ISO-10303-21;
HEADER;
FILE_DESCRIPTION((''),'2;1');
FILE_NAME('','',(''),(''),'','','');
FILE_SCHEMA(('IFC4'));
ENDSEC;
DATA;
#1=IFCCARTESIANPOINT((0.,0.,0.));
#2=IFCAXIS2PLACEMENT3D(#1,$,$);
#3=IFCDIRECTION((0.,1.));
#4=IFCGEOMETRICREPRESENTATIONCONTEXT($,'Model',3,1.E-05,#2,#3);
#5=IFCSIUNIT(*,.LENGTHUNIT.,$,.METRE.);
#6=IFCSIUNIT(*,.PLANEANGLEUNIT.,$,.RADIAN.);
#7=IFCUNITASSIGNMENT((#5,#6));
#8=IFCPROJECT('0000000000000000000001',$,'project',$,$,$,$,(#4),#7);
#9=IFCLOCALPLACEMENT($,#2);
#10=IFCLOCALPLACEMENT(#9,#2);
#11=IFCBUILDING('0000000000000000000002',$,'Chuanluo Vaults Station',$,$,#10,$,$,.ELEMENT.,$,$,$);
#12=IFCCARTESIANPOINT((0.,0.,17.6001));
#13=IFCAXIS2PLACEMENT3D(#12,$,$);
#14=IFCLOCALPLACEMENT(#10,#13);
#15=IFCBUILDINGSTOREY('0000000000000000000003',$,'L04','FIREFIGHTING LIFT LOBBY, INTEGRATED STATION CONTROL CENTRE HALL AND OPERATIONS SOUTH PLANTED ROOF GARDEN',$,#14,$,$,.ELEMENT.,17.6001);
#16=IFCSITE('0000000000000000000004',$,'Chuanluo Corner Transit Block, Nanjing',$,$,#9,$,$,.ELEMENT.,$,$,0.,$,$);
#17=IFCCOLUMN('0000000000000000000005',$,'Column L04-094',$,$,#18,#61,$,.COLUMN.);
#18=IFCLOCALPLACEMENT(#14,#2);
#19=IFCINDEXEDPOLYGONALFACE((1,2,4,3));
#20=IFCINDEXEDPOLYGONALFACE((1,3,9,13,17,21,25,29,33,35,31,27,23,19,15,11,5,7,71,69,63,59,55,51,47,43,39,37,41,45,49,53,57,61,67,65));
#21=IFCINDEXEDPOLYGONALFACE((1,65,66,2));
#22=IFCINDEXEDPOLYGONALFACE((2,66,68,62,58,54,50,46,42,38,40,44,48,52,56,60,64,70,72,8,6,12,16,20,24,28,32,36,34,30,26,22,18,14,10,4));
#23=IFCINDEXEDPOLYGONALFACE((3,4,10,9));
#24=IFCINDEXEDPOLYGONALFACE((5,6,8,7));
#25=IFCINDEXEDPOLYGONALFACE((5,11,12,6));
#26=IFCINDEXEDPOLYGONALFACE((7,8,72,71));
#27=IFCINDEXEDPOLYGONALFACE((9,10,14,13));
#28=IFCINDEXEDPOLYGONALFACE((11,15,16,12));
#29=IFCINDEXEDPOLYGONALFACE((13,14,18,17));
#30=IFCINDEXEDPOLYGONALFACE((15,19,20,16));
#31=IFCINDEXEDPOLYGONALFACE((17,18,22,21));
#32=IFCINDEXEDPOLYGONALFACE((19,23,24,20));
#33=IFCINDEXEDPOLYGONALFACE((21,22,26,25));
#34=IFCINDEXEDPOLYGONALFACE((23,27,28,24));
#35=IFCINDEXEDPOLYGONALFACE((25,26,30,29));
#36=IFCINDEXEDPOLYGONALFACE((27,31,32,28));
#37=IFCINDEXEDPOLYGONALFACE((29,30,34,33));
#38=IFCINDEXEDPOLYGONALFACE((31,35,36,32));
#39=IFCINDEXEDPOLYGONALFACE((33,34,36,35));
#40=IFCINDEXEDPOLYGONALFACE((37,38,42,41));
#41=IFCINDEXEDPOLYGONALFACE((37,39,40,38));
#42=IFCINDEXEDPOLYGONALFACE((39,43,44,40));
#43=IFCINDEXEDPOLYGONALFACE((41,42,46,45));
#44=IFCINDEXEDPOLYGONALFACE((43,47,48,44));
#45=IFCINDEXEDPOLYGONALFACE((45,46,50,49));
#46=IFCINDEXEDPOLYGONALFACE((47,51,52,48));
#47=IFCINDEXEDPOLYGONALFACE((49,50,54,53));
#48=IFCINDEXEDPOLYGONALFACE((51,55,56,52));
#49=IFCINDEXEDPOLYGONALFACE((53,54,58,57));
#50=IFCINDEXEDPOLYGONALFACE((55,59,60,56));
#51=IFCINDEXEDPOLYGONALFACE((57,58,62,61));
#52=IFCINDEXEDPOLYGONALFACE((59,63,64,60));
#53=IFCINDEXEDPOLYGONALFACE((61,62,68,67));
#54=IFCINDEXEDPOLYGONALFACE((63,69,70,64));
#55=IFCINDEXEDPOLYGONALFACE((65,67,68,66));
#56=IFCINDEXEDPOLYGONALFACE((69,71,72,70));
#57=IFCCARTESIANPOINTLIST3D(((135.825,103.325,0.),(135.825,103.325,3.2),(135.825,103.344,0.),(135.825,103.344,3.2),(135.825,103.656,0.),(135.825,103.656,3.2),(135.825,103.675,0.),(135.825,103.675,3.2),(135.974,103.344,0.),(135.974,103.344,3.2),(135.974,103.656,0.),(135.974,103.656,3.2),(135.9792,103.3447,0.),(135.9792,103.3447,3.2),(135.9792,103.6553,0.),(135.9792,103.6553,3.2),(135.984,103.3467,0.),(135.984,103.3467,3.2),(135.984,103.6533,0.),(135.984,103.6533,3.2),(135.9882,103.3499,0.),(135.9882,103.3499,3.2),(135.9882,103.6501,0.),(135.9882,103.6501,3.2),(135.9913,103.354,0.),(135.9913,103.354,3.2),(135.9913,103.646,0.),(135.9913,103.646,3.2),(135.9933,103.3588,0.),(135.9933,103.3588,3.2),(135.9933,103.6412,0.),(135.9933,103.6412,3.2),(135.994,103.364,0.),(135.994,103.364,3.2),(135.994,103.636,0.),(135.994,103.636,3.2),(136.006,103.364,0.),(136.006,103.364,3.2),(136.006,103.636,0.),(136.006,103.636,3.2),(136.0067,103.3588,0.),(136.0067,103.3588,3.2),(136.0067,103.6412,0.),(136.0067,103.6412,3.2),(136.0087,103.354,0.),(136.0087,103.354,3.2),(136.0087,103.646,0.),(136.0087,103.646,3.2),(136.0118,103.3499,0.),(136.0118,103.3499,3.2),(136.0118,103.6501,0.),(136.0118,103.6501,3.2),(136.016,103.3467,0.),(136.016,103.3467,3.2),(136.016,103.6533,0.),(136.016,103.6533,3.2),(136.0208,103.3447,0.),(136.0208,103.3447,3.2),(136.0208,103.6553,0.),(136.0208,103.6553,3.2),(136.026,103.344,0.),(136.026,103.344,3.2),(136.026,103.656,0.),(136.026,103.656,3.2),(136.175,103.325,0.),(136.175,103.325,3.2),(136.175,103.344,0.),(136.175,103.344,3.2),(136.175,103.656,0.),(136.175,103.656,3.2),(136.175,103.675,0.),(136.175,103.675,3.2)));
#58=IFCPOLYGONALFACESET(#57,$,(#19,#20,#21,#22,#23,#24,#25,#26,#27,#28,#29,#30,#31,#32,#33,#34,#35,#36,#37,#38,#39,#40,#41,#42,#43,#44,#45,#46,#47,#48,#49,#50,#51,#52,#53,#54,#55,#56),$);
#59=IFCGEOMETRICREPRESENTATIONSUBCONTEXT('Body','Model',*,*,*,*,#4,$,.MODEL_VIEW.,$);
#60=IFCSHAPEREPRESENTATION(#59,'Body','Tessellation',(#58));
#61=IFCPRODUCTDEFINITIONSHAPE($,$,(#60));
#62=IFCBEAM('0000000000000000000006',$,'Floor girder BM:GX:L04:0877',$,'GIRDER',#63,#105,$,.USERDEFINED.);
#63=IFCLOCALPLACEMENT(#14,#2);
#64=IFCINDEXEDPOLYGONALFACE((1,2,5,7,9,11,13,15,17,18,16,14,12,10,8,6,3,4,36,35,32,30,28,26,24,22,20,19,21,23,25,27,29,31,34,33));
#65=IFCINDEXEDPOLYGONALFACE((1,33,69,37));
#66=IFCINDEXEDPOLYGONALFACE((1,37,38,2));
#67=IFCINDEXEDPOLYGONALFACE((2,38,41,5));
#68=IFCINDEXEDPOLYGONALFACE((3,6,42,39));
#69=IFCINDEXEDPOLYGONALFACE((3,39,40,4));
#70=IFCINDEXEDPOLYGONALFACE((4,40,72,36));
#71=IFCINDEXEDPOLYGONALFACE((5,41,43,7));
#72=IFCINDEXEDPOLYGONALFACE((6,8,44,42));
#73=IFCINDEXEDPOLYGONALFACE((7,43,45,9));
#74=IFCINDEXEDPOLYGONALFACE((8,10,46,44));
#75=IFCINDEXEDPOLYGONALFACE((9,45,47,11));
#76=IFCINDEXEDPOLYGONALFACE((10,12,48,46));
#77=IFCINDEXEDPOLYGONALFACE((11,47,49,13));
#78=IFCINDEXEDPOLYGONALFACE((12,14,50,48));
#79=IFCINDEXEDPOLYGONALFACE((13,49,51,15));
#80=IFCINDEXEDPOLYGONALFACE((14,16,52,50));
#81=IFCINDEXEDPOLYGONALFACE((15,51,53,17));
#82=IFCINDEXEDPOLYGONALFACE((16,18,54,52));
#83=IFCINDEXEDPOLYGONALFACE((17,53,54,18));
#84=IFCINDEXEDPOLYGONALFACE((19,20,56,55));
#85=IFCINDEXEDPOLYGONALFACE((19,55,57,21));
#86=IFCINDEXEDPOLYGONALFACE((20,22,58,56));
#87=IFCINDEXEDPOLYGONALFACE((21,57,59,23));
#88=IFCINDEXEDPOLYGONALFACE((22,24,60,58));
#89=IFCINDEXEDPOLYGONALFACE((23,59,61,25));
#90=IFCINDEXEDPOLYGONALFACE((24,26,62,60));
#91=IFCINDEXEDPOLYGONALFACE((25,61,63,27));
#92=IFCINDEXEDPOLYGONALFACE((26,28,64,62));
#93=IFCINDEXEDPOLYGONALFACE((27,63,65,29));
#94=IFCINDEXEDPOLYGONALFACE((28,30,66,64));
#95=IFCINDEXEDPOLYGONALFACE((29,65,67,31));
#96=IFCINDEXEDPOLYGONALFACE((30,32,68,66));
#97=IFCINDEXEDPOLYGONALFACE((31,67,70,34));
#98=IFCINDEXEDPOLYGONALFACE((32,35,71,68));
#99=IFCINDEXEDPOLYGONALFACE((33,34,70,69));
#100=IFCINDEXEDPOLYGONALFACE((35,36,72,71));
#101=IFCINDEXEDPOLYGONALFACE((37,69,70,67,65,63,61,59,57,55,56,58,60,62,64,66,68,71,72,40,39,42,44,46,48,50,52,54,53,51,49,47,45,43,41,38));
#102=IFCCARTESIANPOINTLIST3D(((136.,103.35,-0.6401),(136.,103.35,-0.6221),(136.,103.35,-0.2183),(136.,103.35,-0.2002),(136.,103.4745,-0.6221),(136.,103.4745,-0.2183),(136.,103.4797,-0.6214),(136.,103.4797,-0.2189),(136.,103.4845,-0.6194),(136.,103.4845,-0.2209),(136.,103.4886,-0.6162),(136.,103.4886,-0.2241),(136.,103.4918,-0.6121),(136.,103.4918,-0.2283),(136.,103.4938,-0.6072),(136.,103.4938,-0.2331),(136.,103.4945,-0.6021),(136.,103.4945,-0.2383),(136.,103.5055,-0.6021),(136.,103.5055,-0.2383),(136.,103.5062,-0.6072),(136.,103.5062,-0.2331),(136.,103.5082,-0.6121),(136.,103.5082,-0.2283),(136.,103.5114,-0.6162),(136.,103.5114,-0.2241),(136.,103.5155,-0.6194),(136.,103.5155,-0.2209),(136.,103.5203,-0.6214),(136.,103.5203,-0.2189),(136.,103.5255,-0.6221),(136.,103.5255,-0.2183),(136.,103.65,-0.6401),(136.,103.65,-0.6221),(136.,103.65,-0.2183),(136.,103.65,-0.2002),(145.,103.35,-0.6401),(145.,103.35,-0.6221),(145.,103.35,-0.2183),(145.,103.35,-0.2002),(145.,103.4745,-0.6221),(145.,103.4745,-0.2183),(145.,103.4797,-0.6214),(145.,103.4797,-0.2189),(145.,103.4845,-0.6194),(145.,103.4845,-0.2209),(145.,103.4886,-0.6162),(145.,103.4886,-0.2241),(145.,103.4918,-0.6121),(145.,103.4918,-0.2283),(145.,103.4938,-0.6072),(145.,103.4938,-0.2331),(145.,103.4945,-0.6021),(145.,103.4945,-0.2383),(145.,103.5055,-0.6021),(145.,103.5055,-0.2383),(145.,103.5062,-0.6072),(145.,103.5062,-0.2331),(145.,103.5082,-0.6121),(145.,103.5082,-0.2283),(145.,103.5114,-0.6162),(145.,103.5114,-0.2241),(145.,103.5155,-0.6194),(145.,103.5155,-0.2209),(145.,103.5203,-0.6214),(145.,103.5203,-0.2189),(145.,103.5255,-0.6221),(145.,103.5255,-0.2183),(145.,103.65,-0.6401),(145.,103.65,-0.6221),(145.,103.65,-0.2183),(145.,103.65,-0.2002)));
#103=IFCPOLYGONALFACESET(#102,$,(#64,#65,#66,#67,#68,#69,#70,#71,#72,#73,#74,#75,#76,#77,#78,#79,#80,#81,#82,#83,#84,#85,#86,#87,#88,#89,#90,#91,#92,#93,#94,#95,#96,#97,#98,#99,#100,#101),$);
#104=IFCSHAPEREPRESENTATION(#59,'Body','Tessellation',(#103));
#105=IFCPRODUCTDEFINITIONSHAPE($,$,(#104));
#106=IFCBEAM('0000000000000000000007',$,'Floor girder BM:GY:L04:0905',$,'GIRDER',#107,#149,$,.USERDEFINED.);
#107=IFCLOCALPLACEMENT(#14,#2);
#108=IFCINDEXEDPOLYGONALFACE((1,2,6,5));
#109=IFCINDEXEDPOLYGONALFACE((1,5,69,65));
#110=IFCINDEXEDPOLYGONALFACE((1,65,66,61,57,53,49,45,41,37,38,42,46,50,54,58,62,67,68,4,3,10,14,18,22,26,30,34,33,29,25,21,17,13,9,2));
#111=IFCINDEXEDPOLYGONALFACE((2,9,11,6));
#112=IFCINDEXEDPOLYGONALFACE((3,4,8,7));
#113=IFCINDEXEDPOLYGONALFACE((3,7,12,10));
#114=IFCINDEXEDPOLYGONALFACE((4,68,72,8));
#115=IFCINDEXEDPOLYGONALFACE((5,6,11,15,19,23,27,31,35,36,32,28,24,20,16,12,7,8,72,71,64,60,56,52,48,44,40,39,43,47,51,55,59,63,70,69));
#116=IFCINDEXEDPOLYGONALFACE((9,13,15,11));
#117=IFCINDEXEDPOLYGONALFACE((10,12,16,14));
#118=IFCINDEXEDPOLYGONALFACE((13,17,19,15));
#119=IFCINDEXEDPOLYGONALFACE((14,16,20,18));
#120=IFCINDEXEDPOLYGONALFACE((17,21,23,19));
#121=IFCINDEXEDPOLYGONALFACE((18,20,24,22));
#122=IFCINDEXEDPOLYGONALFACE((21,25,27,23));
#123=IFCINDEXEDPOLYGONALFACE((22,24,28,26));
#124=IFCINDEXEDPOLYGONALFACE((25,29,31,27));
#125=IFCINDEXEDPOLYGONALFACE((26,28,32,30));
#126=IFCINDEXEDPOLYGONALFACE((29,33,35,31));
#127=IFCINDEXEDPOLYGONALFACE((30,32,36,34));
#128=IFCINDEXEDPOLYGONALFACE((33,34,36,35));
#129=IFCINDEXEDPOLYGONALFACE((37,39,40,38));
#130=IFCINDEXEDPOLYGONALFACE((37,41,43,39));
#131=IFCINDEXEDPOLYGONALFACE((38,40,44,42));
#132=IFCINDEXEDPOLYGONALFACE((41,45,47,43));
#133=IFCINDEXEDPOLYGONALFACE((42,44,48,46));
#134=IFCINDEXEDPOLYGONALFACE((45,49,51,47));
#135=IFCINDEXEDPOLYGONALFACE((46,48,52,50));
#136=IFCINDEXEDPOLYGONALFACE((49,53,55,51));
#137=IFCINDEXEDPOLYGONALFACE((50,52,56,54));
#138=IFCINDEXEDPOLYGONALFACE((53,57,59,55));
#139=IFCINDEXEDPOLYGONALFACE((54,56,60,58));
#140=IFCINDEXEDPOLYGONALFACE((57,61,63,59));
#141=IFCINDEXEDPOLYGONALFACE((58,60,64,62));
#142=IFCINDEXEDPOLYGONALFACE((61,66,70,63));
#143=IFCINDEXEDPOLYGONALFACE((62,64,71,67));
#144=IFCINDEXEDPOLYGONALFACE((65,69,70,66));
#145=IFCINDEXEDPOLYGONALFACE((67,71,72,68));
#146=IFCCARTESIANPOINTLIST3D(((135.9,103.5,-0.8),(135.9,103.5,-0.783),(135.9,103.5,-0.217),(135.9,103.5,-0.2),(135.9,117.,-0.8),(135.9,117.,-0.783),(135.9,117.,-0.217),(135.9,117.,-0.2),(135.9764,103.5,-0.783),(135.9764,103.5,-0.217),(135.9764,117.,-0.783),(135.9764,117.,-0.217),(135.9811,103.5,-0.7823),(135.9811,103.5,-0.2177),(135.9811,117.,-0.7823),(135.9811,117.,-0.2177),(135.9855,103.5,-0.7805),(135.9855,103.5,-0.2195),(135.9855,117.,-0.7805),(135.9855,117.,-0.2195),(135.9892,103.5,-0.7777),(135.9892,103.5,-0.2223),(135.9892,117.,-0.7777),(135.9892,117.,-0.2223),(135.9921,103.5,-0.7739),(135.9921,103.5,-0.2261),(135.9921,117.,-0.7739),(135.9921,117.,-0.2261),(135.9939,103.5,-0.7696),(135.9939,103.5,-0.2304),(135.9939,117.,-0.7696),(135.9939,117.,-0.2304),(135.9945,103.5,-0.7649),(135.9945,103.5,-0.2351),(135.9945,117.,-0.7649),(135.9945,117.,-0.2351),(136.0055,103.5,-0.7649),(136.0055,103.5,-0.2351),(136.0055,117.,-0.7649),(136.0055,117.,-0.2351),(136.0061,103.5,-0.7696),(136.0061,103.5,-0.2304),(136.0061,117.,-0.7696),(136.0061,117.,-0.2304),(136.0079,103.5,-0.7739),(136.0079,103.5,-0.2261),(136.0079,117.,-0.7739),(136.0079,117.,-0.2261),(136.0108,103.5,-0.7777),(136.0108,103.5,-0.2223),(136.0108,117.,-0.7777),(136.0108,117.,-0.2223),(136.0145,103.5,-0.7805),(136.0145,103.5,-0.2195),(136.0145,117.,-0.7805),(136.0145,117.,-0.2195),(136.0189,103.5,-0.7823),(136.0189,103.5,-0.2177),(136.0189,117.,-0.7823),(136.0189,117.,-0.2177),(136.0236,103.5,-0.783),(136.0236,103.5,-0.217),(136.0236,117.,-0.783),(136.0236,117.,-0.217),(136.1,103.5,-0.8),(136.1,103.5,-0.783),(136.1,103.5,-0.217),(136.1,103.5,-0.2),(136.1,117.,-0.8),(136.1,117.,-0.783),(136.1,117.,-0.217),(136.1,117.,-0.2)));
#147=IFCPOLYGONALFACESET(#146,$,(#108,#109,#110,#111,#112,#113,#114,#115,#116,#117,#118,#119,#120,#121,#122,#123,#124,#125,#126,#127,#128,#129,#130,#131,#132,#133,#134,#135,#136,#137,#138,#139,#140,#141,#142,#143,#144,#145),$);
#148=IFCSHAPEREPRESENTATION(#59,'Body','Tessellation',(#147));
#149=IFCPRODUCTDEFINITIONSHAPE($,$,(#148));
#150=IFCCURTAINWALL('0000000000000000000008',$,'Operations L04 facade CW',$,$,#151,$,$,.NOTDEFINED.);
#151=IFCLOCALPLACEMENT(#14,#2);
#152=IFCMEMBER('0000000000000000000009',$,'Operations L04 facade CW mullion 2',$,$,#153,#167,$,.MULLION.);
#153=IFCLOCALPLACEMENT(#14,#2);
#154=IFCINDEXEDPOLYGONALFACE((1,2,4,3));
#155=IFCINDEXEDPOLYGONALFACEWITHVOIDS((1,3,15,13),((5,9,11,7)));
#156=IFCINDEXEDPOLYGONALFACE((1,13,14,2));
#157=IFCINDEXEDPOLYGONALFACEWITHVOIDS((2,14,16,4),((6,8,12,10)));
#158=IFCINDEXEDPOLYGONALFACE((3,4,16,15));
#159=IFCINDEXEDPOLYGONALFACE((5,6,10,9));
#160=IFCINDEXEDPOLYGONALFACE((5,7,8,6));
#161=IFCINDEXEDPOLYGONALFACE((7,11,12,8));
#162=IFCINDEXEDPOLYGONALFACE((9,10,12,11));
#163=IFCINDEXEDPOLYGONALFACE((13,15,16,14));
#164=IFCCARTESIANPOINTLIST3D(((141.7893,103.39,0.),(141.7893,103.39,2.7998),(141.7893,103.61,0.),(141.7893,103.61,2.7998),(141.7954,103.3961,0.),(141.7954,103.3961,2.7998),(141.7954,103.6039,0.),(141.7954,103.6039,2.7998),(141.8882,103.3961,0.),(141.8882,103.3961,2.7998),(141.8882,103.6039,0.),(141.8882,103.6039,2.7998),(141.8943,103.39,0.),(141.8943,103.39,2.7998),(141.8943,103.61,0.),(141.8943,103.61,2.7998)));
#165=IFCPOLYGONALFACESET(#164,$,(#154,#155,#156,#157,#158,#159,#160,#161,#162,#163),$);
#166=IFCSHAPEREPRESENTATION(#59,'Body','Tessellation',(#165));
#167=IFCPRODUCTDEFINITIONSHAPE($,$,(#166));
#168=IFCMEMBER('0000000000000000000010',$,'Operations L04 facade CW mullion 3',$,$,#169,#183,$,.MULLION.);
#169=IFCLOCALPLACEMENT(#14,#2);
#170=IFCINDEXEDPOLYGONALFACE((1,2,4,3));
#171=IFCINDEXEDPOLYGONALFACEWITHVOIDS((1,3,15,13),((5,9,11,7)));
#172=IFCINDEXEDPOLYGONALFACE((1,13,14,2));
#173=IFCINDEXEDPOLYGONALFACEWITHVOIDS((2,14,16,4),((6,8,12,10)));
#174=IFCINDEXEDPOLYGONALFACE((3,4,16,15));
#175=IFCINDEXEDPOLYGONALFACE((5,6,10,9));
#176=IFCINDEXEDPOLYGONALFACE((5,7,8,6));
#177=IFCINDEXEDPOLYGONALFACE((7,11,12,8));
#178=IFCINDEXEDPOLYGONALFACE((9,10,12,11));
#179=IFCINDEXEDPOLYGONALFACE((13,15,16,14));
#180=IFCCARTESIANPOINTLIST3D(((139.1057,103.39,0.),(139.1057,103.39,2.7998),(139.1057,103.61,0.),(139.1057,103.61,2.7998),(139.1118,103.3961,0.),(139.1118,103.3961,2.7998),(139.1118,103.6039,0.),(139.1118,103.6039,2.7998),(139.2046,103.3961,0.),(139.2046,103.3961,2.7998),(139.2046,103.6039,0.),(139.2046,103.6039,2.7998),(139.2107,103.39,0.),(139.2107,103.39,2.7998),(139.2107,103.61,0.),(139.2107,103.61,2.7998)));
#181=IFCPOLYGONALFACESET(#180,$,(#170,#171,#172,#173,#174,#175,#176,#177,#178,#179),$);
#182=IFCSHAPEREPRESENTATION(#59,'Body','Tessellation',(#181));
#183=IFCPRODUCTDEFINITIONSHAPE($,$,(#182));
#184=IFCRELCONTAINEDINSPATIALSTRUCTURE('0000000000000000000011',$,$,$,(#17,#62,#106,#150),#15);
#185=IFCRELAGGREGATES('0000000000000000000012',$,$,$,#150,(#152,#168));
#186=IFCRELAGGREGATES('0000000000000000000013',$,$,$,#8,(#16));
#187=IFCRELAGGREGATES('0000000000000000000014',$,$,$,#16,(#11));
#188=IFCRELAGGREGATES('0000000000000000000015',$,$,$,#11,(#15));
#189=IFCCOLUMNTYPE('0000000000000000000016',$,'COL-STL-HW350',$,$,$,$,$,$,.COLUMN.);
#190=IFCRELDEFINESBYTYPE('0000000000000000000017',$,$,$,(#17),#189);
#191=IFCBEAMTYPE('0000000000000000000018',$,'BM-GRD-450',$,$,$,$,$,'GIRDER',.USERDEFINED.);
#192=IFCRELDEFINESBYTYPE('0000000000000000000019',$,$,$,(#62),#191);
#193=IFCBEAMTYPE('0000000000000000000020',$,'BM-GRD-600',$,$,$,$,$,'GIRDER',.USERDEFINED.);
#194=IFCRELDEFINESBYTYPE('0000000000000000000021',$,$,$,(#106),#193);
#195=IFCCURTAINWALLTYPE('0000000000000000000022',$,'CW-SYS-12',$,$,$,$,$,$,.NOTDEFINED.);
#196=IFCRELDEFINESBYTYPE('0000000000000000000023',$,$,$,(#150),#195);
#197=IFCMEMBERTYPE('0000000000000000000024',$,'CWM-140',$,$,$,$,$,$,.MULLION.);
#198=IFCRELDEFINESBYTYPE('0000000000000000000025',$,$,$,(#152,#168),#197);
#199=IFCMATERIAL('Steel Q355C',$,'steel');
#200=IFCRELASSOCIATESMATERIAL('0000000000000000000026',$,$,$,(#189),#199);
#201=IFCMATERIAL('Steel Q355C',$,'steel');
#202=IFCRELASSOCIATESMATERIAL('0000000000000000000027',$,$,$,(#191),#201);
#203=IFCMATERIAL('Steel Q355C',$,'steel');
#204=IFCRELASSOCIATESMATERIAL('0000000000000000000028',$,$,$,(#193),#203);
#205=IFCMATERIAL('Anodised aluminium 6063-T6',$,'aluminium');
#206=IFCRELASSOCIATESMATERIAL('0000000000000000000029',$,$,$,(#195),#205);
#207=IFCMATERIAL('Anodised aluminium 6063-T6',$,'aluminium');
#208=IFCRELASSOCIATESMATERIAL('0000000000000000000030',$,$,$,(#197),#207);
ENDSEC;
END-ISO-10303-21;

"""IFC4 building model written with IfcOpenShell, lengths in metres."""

from ifc_helpers import new_model, si_unit, direction, frame, origin, origin_2d, place, context, subcontext, project, spatial, hollow_rectangle, i_section, extrude, material, material_profile, profile_set, type_object, element, aggregate, save


model = new_model("IFC4")

# Units and contexts
model_context = context("Model", 3, precision=1e-05, world=origin(), true_north=direction((0.0, 1.0)))
body_context = subcontext(model_context, "Body", "Model", "MODEL_VIEW")
ifc_project = project(units=[si_unit("LENGTHUNIT", "METRE"), si_unit("PLANEANGLEUNIT", "RADIAN")], contexts=[model_context])

# Site, building, storey
site_placement = place(None, origin())
site = spatial("IfcSite", under=ifc_project, at=site_placement, Name="Chuanluo Corner Transit Block, Nanjing", CompositionType="ELEMENT", RefElevation=0.0)
building_placement = place(site_placement, origin())
building = spatial("IfcBuilding", under=site, at=building_placement, Name="Chuanluo Vaults Station", CompositionType="ELEMENT")
storey_placement = place(building_placement, frame((0.0, 0.0, 17.6001)))
storey = spatial("IfcBuildingStorey", under=building, at=storey_placement, Name="L04", Description="FIREFIGHTING LIFT LOBBY, INTEGRATED STATION CONTROL CENTRE HALL AND OPERATIONS SOUTH PLANTED ROOF GARDEN", CompositionType="ELEMENT", Elevation=17.6001)

# Column
ifc_material_1 = material(Name="Steel Q355C", Category="steel")
ifc_material_profile_1 = material_profile(ifc_material_1, i_section(OverallWidth=0.3501, OverallDepth=0.3501, WebThickness=0.012, FlangeThickness=0.019, FilletRadius=0.02, at=origin_2d()))
ifc_profile_set_1 = profile_set([ifc_material_profile_1], Name="Steel Q355C")
column_type = type_object("IfcColumnType", Name="COL-STL-HW350", PredefinedType="COLUMN", material=ifc_profile_set_1)
column_placement = place(storey_placement, frame((136.0, 103.5, 0.0), z_axis=(0.0, 0.0, 1.0), x_axis=(1.0, 0.0, 0.0)))
element("IfcColumn", 1, at=column_placement, inside=storey, type_object=column_type, Name="Column L04-094", PredefinedType="COLUMN", context=body_context, shape_type="SweptSolid", body=[
    extrude(i_section(OverallWidth=0.3501, OverallDepth=0.3501, WebThickness=0.012, FlangeThickness=0.019, FilletRadius=0.02, at=origin_2d()), origin(), (0.0, 0.0, 1.0), 3.2),
])

# Beams
ifc_material_2 = material(Name="Steel Q355C", Category="steel")
ifc_material_profile_2 = material_profile(ifc_material_2, i_section(OverallWidth=0.3, OverallDepth=0.4399, WebThickness=0.011, FlangeThickness=0.0181, FilletRadius=0.02, at=origin_2d()))
ifc_profile_set_2 = profile_set([ifc_material_profile_2], Name="Steel Q355C")
beam_type_1 = type_object("IfcBeamType", Name="BM-GRD-450", ElementType="GIRDER", PredefinedType="USERDEFINED", material=ifc_profile_set_2)
beam_1_placement = place(storey_placement, frame((136.0, 103.5, -0.4202), z_axis=(1.0, 0.0, 0.0), x_axis=(0.0, 1.0, 0.0)))
element("IfcBeam", 2, at=beam_1_placement, inside=storey, type_object=beam_type_1, Name="Floor girder BM:GX:L04:0877", ObjectType="GIRDER", PredefinedType="USERDEFINED", context=body_context, shape_type="SweptSolid", body=[
    extrude(i_section(OverallWidth=0.3, OverallDepth=0.4399, WebThickness=0.011, FlangeThickness=0.0181, FilletRadius=0.02, at=origin_2d()), origin(), (0.0, 0.0, 1.0), 9.0),
])
ifc_material_3 = material(Name="Steel Q355C", Category="steel")
ifc_material_profile_3 = material_profile(ifc_material_3, i_section(OverallWidth=0.2, OverallDepth=0.6001, WebThickness=0.011, FlangeThickness=0.0171, FilletRadius=0.0181, at=origin_2d()))
ifc_profile_set_3 = profile_set([ifc_material_profile_3], Name="Steel Q355C")
beam_type_2 = type_object("IfcBeamType", Name="BM-GRD-600", ElementType="GIRDER", PredefinedType="USERDEFINED", material=ifc_profile_set_3)
beam_2_placement = place(storey_placement, frame((136.0, 103.5, -0.5), z_axis=(0.0, 1.0, 0.0), x_axis=(-1.0, 0.0, 0.0)))
element("IfcBeam", 3, at=beam_2_placement, inside=storey, type_object=beam_type_2, Name="Floor girder BM:GY:L04:0905", ObjectType="GIRDER", PredefinedType="USERDEFINED", context=body_context, shape_type="SweptSolid", body=[
    extrude(i_section(OverallWidth=0.2, OverallDepth=0.6001, WebThickness=0.011, FlangeThickness=0.0171, FilletRadius=0.0181, at=origin_2d()), origin(), (0.0, 0.0, 1.0), 13.5),
])

# Curtain wall, members
ifc_material_4 = material(Name="Anodised aluminium 6063-T6", Category="aluminium")
curtain_wall_type_1 = type_object("IfcCurtainWallType", Name="CW-SYS-12", PredefinedType="NOTDEFINED", material=ifc_material_4)
curtain_wall_1_placement = place(storey_placement, origin())
curtain_wall_1 = element("IfcCurtainWall", 4, at=curtain_wall_1_placement, inside=storey, type_object=curtain_wall_type_1, Name="Operations L04 facade CW", PredefinedType="NOTDEFINED")
ifc_material_5 = material(Name="Anodised aluminium 6063-T6", Category="aluminium")
ifc_material_profile_4 = material_profile(ifc_material_5, hollow_rectangle(XDim=0.105, YDim=0.22, WallThickness=0.0061, at=origin_2d()))
ifc_profile_set_4 = profile_set([ifc_material_profile_4], Name="Anodised aluminium 6063-T6")
member_type_1 = type_object("IfcMemberType", Name="CWM-140", PredefinedType="MULLION", material=ifc_profile_set_4)
member_1_placement = place(storey_placement, frame((141.8418, 103.5, 0.0), z_axis=(0.0, 0.0, 1.0), x_axis=(-1.0, 0.0, 0.0)))
member_1 = element("IfcMember", 5, at=member_1_placement, type_object=member_type_1, Name="Operations L04 facade CW mullion 2", PredefinedType="MULLION", context=body_context, shape_type="SweptSolid", body=[
    extrude(hollow_rectangle(XDim=0.105, YDim=0.22, WallThickness=0.0061, at=origin_2d()), origin(), (0.0, 0.0, 1.0), 2.7998),
])
member_2_placement = place(storey_placement, frame((139.1582, 103.5, 0.0), z_axis=(0.0, 0.0, 1.0), x_axis=(-1.0, 0.0, 0.0)))
member_2 = element("IfcMember", 6, at=member_2_placement, type_object=member_type_1, Name="Operations L04 facade CW mullion 3", PredefinedType="MULLION", context=body_context, shape_type="SweptSolid", body=[
    extrude(hollow_rectangle(XDim=0.105, YDim=0.22, WallThickness=0.0061, at=origin_2d()), origin(), (0.0, 0.0, 1.0), 2.7998),
])

aggregate(curtain_wall_1, [member_1, member_2])

save(model, "model.ifc")
